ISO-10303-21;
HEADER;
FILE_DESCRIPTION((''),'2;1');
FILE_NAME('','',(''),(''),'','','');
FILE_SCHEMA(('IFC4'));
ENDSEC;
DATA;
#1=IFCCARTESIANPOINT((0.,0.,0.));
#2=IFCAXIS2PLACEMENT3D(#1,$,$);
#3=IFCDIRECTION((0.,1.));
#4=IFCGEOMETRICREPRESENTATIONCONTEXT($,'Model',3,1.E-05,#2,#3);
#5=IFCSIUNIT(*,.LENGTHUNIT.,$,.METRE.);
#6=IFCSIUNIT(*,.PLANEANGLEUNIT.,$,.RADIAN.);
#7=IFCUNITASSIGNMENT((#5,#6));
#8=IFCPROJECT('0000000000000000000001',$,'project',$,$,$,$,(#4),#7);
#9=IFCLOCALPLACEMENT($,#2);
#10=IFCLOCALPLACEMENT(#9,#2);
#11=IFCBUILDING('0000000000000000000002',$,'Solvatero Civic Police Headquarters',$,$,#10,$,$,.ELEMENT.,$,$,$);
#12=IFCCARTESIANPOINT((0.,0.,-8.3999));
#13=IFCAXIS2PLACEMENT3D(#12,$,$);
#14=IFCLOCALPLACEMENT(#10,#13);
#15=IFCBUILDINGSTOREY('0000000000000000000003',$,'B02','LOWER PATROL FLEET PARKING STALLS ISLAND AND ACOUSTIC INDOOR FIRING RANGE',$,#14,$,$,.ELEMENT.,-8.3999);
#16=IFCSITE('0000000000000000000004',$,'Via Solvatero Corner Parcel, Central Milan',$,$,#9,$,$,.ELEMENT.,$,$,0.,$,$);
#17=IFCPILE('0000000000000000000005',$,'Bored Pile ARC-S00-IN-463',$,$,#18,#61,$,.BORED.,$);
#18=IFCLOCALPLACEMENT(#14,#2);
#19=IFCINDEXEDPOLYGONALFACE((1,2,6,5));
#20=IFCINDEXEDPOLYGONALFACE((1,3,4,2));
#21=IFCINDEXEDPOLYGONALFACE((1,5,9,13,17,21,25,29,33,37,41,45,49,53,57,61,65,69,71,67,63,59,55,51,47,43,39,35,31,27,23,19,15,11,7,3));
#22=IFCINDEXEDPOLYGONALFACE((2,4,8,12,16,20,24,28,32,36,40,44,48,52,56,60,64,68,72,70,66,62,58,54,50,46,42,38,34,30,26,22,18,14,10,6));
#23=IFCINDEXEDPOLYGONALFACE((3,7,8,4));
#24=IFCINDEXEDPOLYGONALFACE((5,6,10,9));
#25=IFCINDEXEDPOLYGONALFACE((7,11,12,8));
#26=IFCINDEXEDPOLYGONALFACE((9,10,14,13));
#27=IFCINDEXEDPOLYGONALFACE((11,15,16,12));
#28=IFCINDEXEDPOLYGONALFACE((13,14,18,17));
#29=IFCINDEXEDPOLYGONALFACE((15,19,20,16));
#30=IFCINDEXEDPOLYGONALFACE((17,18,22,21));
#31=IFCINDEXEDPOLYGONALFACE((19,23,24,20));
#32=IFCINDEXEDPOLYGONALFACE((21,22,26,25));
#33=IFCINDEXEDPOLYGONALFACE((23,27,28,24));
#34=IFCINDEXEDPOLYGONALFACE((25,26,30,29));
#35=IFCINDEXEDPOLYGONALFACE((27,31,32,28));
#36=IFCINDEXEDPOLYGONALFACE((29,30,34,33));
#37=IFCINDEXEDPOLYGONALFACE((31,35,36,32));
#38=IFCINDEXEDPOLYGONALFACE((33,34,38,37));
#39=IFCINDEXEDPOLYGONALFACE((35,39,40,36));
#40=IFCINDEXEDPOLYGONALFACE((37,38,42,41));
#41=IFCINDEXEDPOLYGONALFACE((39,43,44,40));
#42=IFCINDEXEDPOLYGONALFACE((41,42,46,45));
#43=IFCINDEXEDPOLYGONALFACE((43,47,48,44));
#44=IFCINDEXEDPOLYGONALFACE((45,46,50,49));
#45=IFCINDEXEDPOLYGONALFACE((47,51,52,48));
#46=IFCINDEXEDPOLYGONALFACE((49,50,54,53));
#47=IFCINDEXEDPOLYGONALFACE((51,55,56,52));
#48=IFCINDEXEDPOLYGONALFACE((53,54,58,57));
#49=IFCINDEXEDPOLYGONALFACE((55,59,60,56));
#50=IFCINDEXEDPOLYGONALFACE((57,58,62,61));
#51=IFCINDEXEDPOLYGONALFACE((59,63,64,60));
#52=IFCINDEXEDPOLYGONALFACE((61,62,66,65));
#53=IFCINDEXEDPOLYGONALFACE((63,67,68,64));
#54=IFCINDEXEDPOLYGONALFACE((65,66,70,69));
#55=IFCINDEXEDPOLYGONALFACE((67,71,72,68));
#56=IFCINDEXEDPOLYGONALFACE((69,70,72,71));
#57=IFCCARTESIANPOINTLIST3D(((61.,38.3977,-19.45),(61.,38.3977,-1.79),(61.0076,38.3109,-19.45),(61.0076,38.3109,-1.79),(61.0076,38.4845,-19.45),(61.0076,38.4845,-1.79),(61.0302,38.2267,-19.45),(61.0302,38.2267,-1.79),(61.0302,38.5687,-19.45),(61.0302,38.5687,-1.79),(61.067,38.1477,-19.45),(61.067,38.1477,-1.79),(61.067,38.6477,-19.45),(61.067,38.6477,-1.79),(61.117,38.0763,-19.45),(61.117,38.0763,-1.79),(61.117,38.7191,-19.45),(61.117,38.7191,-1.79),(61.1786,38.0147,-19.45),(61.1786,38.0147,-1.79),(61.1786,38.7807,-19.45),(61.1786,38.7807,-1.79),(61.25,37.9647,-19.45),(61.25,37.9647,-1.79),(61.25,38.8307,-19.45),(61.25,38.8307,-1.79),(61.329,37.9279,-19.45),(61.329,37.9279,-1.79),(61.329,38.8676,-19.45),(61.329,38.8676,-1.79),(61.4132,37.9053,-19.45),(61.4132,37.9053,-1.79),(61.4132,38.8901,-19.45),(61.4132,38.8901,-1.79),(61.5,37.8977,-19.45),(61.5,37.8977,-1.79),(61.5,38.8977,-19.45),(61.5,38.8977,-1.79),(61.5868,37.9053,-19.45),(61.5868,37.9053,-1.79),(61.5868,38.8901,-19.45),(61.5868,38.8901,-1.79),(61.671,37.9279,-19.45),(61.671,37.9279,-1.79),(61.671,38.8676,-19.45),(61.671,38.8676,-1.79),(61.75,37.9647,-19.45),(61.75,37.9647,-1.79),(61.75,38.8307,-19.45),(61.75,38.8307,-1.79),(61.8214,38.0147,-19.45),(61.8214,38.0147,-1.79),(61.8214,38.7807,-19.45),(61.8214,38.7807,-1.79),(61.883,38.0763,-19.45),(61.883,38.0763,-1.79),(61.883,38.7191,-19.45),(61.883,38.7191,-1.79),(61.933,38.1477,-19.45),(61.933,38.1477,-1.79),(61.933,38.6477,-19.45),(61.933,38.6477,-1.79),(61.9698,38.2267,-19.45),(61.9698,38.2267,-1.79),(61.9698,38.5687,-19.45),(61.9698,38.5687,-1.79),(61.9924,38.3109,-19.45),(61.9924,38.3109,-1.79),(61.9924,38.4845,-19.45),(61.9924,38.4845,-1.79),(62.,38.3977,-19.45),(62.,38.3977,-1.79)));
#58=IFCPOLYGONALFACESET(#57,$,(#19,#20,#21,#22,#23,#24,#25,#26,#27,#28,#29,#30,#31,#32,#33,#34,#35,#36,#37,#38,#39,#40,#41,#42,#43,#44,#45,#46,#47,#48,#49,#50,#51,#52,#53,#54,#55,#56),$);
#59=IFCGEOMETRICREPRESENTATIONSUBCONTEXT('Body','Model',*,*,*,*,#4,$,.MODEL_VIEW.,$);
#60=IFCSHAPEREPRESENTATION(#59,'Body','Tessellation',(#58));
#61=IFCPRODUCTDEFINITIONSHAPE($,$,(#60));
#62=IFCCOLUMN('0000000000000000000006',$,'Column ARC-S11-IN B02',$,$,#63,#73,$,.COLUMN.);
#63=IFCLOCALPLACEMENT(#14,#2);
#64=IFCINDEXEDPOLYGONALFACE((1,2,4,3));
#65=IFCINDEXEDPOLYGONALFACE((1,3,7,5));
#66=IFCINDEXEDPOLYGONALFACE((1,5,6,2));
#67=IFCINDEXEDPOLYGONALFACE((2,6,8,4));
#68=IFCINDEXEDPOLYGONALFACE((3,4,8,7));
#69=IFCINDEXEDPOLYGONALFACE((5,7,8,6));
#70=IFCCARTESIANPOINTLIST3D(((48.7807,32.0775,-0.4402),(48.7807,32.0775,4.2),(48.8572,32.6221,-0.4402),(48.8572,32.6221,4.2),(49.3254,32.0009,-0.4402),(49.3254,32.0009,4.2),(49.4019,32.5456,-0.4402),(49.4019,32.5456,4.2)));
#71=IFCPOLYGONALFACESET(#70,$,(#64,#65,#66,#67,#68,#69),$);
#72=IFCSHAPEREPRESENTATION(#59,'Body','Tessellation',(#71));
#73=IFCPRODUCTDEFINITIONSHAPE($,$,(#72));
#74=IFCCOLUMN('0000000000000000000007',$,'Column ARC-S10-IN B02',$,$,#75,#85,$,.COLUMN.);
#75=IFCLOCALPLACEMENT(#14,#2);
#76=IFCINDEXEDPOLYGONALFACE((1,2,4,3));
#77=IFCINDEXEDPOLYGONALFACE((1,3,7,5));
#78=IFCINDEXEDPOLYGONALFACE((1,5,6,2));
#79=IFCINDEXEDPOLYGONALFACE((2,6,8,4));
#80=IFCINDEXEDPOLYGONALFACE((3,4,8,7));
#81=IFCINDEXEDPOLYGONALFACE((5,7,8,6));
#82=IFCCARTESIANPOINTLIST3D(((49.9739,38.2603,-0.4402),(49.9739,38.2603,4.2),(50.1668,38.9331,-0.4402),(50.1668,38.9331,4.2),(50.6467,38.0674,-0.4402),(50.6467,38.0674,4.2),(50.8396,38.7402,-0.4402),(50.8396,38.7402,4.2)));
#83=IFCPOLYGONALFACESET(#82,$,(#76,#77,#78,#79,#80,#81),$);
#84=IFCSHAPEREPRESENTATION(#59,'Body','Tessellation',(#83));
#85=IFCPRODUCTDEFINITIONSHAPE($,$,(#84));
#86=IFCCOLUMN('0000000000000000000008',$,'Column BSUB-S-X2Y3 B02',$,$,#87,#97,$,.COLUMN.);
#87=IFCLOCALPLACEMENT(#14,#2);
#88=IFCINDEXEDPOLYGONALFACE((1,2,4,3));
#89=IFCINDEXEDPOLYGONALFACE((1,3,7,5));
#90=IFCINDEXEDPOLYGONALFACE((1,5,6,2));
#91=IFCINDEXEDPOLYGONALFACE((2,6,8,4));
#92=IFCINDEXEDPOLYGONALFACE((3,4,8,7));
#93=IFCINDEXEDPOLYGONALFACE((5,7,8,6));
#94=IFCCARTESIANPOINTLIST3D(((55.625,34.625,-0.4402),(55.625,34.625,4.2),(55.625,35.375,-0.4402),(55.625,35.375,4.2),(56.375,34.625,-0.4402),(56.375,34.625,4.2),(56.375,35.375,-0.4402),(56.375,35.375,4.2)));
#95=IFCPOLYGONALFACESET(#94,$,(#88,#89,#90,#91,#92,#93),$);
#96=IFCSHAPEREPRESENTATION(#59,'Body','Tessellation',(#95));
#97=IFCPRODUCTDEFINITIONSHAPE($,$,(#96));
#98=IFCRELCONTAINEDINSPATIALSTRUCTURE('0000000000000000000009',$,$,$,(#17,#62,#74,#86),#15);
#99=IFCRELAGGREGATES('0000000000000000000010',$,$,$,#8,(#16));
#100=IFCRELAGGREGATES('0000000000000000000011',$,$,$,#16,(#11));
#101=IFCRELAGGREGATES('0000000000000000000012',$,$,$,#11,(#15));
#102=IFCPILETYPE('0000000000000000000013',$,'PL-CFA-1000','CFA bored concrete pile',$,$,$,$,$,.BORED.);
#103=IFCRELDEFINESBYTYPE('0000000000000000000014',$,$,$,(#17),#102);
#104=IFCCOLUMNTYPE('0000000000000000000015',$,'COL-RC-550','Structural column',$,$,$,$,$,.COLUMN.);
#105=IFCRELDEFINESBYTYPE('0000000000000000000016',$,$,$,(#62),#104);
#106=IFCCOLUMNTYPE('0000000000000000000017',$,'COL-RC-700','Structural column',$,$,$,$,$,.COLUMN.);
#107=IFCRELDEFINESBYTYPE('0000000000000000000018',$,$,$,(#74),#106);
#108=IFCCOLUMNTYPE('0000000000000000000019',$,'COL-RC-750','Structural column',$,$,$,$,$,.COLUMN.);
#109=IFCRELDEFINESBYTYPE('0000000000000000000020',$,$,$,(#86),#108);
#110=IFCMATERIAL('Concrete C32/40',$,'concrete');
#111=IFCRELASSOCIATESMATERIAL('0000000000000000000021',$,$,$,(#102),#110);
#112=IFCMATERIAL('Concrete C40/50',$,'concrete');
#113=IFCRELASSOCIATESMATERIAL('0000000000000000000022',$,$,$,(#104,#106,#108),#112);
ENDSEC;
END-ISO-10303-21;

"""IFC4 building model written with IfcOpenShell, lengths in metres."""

from ifc_helpers import new_model, si_unit, direction, frame, origin, origin_2d, place, context, subcontext, project, spatial, rectangle, circle, extrude, material, material_profile, profile_set, type_object, element, save


model = new_model("IFC4")

# Units and contexts
model_context = context("Model", 3, precision=1e-05, world=origin(), true_north=direction((0.0, 1.0)))
body_context = subcontext(model_context, "Body", "Model", "MODEL_VIEW")
ifc_project = project(units=[si_unit("LENGTHUNIT", "METRE"), si_unit("PLANEANGLEUNIT", "RADIAN")], contexts=[model_context])

# Site, building, storey
site_placement = place(None, origin())
site = spatial("IfcSite", under=ifc_project, at=site_placement, Name="Via Solvatero Corner Parcel, Central Milan", CompositionType="ELEMENT", RefElevation=0.0)
building_placement = place(site_placement, origin())
building = spatial("IfcBuilding", under=site, at=building_placement, Name="Solvatero Civic Police Headquarters", CompositionType="ELEMENT")
storey_placement = place(building_placement, frame((0.0, 0.0, -8.3999)))
storey = spatial("IfcBuildingStorey", under=building, at=storey_placement, Name="B02", Description="LOWER PATROL FLEET PARKING STALLS ISLAND AND ACOUSTIC INDOOR FIRING RANGE", CompositionType="ELEMENT", Elevation=-8.3999)

# Pile
ifc_material_1 = material(Name="Concrete C32/40", Category="concrete")
ifc_material_profile_1 = material_profile(ifc_material_1, circle(Radius=0.5, at=origin_2d()), Name="CFA PILE D1000")
ifc_profile_set_1 = profile_set([ifc_material_profile_1], Name="Concrete C32/40")
pile_type = type_object("IfcPileType", Name="PL-CFA-1000", Description="CFA bored concrete pile", PredefinedType="BORED", material=ifc_profile_set_1)
for number, where, z_axis, x_axis, name in (
    (1, (61.5, 38.3977, -1.79), (0.0, 0.0, -1.0), (1.0, 0.0, 0.0), "Bored Pile ARC-S00-IN-463"),
):
    element("IfcPile", number, at=place(storey_placement, frame(where, z_axis=z_axis, x_axis=x_axis)), inside=storey, type_object=pile_type, Name=name, PredefinedType="BORED", context=body_context, shape_type="SweptSolid", body=[
        extrude(circle(Radius=0.5, at=origin_2d()), origin(), (0.0, 0.0, 1.0), 17.6599),
    ])

# Columns
ifc_material_2 = material(Name="Concrete C40/50", Category="concrete")
ifc_material_profile_2 = material_profile(ifc_material_2, rectangle(XDim=0.55, YDim=0.55, at=origin_2d()), Name="RC 550x550")
ifc_profile_set_2 = profile_set([ifc_material_profile_2], Name="Concrete C40/50")
column_type_1 = type_object("IfcColumnType", Name="COL-RC-550", Description="Structural column", PredefinedType="COLUMN", material=ifc_profile_set_2)
column_1_placement = place(storey_placement, frame((49.0913, 32.3115, -0.4402), z_axis=(0.0, 0.0, 1.0), x_axis=(0.139173, 0.990268, 0.0)))
element("IfcColumn", 2, at=column_1_placement, inside=storey, type_object=column_type_1, Name="Column ARC-S11-IN B02", PredefinedType="COLUMN", context=body_context, shape_type="SweptSolid", body=[
    extrude(rectangle(XDim=0.55, YDim=0.55, at=origin_2d()), origin(), (0.0, 0.0, 1.0), 4.6401),
])
ifc_material_profile_3 = material_profile(ifc_material_2, rectangle(XDim=0.7, YDim=0.7, at=origin_2d()), Name="RC 700x700")
ifc_profile_set_3 = profile_set([ifc_material_profile_3], Name="Concrete C40/50")
column_type_2 = type_object("IfcColumnType", Name="COL-RC-700", Description="Structural column", PredefinedType="COLUMN", material=ifc_profile_set_3)
column_2_placement = place(storey_placement, frame((50.4067, 38.5002, -0.4402), z_axis=(0.0, 0.0, 1.0), x_axis=(0.275637, 0.961262, 0.0)))
element("IfcColumn", 3, at=column_2_placement, inside=storey, type_object=column_type_2, Name="Column ARC-S10-IN B02", PredefinedType="COLUMN", context=body_context, shape_type="SweptSolid", body=[
    extrude(rectangle(XDim=0.7, YDim=0.7, at=origin_2d()), origin(), (0.0, 0.0, 1.0), 4.6401),
])
ifc_material_profile_4 = material_profile(ifc_material_2, rectangle(XDim=0.75, YDim=0.75, at=origin_2d()), Name="RC 750x750")
ifc_profile_set_4 = profile_set([ifc_material_profile_4], Name="Concrete C40/50")
column_type_3 = type_object("IfcColumnType", Name="COL-RC-750", Description="Structural column", PredefinedType="COLUMN", material=ifc_profile_set_4)
column_3_placement = place(storey_placement, frame((56.0, 35.0, -0.4402), z_axis=(0.0, 0.0, 1.0), x_axis=(1.0, 0.0, 0.0)))
element("IfcColumn", 4, at=column_3_placement, inside=storey, type_object=column_type_3, Name="Column BSUB-S-X2Y3 B02", PredefinedType="COLUMN", context=body_context, shape_type="SweptSolid", body=[
    extrude(rectangle(XDim=0.75, YDim=0.75, at=origin_2d()), origin(), (0.0, 0.0, 1.0), 4.6401),
])

save(model, "model.ifc")
